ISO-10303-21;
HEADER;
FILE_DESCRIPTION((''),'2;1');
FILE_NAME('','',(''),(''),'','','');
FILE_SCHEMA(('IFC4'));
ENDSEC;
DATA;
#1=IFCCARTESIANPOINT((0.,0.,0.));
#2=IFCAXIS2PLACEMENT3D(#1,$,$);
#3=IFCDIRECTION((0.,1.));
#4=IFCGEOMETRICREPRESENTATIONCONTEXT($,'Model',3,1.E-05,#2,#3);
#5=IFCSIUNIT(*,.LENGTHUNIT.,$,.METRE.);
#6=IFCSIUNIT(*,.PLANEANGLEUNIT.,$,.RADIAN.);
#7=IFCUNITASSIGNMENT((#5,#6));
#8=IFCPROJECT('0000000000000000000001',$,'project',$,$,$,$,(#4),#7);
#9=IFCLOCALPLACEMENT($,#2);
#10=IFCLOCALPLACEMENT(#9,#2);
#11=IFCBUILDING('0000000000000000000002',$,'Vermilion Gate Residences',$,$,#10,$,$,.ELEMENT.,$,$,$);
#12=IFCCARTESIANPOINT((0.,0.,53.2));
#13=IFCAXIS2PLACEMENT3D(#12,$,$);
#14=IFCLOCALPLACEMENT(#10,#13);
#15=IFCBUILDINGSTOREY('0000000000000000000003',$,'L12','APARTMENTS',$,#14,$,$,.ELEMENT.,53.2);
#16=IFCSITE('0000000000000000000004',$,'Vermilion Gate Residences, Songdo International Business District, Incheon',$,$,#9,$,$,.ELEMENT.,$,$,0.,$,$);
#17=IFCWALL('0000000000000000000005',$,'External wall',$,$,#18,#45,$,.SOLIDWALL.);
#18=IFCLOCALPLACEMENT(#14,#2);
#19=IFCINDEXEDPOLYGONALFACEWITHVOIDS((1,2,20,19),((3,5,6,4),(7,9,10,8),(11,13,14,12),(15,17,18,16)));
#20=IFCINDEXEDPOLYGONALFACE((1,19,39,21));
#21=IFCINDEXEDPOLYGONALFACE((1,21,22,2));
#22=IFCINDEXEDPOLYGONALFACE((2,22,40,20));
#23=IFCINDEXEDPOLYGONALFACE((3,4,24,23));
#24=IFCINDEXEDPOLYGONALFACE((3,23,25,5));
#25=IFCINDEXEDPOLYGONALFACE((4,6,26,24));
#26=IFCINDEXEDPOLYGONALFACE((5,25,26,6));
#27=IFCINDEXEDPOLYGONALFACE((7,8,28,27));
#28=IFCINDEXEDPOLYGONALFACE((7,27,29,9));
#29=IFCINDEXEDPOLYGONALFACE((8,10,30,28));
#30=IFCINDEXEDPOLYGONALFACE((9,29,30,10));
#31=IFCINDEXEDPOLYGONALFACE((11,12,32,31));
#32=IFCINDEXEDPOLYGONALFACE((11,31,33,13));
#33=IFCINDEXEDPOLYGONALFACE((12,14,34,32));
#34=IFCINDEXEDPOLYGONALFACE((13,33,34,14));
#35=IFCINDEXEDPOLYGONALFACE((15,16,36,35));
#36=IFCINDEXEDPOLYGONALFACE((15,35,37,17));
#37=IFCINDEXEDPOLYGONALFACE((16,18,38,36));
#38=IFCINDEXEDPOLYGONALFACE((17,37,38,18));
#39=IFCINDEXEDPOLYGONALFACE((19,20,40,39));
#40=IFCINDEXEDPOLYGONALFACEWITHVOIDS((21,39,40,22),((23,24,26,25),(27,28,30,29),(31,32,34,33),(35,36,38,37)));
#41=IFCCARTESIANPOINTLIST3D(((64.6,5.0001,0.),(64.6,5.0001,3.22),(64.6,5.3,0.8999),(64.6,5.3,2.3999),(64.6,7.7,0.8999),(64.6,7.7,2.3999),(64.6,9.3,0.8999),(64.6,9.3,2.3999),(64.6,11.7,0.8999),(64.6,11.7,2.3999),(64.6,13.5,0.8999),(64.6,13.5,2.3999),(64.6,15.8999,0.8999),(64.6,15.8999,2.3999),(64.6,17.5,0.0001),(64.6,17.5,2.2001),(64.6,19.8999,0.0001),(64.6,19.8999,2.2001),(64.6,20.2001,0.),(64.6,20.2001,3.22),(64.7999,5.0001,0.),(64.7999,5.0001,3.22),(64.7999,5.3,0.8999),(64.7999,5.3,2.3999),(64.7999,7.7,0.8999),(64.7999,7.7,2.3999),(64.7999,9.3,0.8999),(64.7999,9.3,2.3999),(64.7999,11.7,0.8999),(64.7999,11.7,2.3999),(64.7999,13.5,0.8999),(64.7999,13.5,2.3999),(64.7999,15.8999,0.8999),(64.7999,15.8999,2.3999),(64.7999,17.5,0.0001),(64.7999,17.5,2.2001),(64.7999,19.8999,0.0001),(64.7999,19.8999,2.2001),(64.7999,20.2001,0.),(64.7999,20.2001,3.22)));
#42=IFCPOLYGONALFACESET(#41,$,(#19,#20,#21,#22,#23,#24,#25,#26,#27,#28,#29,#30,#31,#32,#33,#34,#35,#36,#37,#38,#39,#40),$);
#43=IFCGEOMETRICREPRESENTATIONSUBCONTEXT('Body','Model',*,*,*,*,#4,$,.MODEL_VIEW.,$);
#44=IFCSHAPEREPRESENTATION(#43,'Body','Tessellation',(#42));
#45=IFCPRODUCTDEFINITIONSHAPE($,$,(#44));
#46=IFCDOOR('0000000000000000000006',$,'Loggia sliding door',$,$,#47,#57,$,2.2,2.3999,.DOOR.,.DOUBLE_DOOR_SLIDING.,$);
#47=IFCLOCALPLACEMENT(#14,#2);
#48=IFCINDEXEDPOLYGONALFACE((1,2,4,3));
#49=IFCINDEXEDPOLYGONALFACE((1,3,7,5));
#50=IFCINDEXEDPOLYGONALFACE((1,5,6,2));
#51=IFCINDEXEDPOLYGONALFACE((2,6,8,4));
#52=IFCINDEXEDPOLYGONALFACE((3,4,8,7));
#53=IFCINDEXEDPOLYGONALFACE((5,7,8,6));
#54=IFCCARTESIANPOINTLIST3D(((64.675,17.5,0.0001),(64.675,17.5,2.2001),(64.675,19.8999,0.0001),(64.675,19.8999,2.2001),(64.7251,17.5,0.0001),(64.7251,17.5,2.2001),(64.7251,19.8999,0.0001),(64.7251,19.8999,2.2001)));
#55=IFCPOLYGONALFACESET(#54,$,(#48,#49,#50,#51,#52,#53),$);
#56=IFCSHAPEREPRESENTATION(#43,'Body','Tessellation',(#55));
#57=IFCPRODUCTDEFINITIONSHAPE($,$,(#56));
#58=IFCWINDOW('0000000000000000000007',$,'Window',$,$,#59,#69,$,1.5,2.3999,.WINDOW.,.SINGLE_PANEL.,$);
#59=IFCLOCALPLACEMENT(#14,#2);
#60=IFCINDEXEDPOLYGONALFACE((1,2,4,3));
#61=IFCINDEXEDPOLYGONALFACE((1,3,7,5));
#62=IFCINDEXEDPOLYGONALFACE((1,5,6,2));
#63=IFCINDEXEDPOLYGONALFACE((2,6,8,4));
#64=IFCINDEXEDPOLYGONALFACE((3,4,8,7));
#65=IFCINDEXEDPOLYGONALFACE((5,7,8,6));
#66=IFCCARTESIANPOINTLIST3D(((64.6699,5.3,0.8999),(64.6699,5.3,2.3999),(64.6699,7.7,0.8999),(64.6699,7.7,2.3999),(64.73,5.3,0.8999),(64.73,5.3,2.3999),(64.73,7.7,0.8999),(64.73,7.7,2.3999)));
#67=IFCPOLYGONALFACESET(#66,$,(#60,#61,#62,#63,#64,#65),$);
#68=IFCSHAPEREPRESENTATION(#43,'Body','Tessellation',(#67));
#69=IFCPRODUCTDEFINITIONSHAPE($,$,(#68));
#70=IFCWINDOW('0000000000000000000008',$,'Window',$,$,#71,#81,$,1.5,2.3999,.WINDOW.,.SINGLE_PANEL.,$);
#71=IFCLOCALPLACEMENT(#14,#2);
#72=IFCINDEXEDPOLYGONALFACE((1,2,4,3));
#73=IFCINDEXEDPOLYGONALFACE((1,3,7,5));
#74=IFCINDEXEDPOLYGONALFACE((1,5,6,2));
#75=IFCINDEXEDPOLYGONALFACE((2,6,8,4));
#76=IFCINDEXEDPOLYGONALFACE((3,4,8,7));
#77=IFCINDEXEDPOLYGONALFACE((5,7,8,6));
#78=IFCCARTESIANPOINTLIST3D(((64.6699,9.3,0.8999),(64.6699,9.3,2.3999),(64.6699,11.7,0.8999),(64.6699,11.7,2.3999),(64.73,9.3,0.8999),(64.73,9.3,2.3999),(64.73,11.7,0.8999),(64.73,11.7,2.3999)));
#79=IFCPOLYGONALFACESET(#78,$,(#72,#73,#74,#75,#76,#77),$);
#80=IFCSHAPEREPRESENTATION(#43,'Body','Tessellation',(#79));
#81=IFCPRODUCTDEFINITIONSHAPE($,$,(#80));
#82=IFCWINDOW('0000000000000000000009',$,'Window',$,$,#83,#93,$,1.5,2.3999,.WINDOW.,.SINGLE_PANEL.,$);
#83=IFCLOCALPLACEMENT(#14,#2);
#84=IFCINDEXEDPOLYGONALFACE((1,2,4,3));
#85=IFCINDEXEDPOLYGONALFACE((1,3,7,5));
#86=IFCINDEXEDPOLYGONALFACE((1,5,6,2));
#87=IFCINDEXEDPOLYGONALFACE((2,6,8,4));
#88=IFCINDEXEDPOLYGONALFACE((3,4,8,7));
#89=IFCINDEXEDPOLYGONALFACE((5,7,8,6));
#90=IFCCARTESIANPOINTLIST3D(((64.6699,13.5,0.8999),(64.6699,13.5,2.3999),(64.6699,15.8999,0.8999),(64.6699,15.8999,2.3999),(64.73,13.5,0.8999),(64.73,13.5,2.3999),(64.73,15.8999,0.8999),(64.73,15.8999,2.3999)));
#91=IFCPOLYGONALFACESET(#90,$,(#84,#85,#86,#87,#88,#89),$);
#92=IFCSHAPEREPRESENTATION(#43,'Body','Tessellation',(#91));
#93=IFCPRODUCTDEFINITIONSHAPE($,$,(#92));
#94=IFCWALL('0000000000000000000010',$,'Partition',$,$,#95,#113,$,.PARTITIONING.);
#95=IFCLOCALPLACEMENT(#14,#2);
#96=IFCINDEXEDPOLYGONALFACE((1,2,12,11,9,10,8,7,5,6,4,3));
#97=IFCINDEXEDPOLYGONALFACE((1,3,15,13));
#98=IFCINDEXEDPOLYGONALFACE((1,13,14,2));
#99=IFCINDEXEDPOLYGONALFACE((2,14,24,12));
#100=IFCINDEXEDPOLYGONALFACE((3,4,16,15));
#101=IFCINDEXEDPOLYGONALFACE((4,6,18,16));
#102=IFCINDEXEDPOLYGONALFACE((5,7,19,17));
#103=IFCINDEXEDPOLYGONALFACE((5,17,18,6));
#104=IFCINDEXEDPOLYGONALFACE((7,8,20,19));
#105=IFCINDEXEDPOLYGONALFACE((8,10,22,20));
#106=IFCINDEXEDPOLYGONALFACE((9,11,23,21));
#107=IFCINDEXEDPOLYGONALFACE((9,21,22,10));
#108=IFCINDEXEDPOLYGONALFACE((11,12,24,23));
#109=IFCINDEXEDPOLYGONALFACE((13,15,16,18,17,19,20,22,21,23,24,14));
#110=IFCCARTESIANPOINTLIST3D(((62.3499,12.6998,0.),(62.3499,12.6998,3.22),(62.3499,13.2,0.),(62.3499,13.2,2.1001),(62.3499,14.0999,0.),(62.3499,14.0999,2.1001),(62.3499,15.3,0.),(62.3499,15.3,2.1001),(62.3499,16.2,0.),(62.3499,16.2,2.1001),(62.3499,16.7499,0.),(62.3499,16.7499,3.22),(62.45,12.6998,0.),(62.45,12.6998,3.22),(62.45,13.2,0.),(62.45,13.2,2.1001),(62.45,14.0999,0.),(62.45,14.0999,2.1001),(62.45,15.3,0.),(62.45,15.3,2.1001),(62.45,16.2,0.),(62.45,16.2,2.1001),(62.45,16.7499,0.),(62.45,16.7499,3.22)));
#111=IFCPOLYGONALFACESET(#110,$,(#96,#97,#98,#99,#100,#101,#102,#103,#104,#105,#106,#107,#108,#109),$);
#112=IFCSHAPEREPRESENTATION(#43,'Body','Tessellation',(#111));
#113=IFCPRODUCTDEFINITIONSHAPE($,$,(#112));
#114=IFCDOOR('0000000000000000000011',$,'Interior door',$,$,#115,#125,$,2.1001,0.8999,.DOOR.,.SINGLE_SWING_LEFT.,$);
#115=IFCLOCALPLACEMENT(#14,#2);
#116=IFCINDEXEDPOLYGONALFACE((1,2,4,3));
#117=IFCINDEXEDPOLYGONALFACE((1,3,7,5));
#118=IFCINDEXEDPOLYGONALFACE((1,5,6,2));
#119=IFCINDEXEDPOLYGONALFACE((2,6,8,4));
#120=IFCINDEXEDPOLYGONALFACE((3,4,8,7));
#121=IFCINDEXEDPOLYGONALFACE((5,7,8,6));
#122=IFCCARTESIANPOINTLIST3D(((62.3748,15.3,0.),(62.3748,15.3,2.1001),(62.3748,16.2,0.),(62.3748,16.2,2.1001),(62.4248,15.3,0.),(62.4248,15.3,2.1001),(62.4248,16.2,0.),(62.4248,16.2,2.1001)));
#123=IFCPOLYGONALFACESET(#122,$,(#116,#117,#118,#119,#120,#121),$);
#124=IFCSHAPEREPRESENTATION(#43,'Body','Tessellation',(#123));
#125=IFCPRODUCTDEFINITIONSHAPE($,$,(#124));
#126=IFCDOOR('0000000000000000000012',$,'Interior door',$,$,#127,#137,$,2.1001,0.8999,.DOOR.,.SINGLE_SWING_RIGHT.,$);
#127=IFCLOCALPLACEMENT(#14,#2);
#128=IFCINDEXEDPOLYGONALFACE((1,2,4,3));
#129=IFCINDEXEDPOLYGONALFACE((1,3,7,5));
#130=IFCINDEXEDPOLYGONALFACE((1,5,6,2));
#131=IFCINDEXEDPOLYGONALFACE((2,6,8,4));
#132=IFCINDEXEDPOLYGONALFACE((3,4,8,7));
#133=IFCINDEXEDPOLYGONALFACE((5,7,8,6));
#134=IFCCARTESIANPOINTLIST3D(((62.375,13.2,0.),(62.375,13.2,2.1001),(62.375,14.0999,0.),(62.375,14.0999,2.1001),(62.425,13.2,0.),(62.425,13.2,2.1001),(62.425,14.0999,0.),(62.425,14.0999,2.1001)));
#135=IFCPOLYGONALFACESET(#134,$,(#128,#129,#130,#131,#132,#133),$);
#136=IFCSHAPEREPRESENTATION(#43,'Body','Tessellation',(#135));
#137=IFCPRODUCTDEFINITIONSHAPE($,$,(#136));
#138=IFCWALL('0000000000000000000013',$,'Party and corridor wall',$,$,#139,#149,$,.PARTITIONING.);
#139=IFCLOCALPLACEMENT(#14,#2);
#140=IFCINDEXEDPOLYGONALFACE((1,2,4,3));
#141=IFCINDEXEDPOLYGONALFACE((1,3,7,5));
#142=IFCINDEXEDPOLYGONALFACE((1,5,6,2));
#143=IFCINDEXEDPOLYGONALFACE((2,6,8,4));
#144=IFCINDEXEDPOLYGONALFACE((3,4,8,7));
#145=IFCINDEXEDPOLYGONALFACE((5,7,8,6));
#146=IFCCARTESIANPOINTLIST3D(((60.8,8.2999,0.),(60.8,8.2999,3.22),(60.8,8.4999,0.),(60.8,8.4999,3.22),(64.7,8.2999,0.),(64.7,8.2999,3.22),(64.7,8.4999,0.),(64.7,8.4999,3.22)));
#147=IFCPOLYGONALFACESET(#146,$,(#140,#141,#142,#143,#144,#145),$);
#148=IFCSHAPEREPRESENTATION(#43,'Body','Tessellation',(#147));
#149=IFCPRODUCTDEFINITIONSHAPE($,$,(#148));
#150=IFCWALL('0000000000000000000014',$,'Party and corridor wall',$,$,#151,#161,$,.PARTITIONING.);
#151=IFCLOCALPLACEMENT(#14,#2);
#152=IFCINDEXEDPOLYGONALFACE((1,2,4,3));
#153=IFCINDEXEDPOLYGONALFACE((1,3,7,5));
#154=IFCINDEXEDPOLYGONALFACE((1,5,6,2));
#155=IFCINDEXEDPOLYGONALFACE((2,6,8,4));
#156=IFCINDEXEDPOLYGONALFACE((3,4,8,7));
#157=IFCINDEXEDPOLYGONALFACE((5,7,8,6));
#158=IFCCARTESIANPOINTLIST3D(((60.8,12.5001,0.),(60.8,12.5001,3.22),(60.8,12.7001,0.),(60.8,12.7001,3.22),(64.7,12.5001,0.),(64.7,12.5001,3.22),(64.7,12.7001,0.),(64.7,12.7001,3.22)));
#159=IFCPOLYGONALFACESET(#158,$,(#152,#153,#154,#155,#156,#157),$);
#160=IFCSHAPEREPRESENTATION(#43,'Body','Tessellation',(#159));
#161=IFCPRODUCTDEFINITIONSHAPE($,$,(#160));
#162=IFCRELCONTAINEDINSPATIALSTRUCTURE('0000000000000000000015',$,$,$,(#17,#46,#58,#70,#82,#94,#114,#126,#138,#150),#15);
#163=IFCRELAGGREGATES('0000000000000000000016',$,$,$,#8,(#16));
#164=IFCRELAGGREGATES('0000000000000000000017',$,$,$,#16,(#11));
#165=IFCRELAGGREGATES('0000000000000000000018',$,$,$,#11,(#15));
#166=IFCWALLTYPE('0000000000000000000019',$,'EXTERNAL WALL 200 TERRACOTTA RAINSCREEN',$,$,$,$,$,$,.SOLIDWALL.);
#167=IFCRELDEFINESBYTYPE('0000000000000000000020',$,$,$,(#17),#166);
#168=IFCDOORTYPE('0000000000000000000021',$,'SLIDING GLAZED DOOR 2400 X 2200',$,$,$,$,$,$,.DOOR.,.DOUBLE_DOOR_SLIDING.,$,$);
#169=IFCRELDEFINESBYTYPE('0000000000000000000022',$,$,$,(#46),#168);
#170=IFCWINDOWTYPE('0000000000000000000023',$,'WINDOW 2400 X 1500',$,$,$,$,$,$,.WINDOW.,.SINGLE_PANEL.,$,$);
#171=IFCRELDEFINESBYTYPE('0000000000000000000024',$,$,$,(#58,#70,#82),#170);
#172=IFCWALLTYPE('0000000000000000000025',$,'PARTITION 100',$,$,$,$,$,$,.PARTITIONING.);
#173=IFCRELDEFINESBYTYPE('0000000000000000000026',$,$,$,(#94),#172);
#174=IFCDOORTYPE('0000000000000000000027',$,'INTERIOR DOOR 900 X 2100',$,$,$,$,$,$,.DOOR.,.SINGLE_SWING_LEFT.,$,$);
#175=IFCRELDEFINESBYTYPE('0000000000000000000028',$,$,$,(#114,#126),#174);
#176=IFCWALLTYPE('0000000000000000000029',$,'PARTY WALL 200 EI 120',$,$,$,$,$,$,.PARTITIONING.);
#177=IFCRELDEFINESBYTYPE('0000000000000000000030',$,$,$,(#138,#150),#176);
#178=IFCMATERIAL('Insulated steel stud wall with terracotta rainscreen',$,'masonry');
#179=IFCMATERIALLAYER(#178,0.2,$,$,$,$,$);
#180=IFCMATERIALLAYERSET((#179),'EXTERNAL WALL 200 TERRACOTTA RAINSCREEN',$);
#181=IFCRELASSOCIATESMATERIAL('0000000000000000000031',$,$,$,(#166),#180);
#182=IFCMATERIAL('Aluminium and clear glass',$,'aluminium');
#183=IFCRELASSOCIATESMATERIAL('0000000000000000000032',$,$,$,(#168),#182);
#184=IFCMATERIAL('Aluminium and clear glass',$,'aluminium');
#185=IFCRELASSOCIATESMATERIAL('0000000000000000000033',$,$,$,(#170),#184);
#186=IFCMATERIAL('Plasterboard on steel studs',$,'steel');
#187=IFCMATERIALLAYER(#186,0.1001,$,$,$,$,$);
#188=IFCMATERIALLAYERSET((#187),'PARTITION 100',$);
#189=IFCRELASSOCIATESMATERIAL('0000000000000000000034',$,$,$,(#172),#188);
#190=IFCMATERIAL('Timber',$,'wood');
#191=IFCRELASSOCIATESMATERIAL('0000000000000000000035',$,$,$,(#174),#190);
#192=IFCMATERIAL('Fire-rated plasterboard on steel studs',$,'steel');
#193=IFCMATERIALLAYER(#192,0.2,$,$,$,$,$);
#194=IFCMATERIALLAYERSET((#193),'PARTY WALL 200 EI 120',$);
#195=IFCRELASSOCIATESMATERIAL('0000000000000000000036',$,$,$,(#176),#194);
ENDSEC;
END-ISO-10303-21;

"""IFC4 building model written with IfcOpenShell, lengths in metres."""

from ifc_helpers import new_model, si_unit, direction, frame, frame_2d, origin, place, context, subcontext, project, spatial, rectangle, extrude, material, layer, layer_set, type_object, element, fill, save


model = new_model("IFC4")

# Units and contexts
model_context = context("Model", 3, precision=1e-05, world=origin(), true_north=direction((0.0, 1.0)))
body_context = subcontext(model_context, "Body", "Model", "MODEL_VIEW")
ifc_project = project(units=[si_unit("LENGTHUNIT", "METRE"), si_unit("PLANEANGLEUNIT", "RADIAN")], contexts=[model_context])

# Site, building, storey
site_placement = place(None, origin())
site = spatial("IfcSite", under=ifc_project, at=site_placement, Name="Vermilion Gate Residences, Songdo International Business District, Incheon", CompositionType="ELEMENT", RefElevation=0.0)
building_placement = place(site_placement, origin())
building = spatial("IfcBuilding", under=site, at=building_placement, Name="Vermilion Gate Residences", CompositionType="ELEMENT")
storey_placement = place(building_placement, frame((0.0, 0.0, 53.2)))
storey = spatial("IfcBuildingStorey", under=building, at=storey_placement, Name="L12", Description="APARTMENTS", CompositionType="ELEMENT", Elevation=53.2)

# Shared definitions
ifc_material_1 = material(Name="Insulated steel stud wall with terracotta rainscreen", Category="masonry")
ifc_layer_1 = layer(ifc_material_1, 0.2)
ifc_layer_set_1 = layer_set([ifc_layer_1], Name="EXTERNAL WALL 200 TERRACOTTA RAINSCREEN")
wall_type_1 = type_object("IfcWallType", Name="EXTERNAL WALL 200 TERRACOTTA RAINSCREEN", PredefinedType="SOLIDWALL", material=ifc_layer_set_1)

# Wall, openings, door, windows
wall_1_placement = place(storey_placement, frame((64.7, 5.0, 0.0), z_axis=(0.0, 0.0, 1.0), x_axis=(0.0, 1.0, 0.0)))
wall_1 = element("IfcWall", 1, at=wall_1_placement, inside=storey, type_object=wall_type_1, Name="External wall", PredefinedType="SOLIDWALL", context=body_context, shape_type="SweptSolid", body=[
    extrude(rectangle(XDim=15.2, YDim=0.2, at=frame_2d((7.6001, 0.0))), origin(), (0.0, 0.0, 1.0), 3.22),
])
opening_1_placement = place(wall_1_placement, frame((0.3, 0.0, 0.8999)))
opening_1 = element("IfcOpeningElement", 2, at=opening_1_placement, cuts=wall_1, PredefinedType="OPENING", context=body_context, shape_type="SweptSolid", body=[
    extrude(rectangle(XDim=2.3999, YDim=1.5, at=frame_2d((1.2, 0.75))), frame((0.0, 0.1099, 0.0), z_axis=(0.0, -1.0, 0.0), x_axis=(1.0, 0.0, 0.0)), (0.0, 0.0, 1.0), 0.22),
])
opening_2_placement = place(wall_1_placement, frame((4.3, 0.0, 0.8999)))
opening_2 = element("IfcOpeningElement", 3, at=opening_2_placement, cuts=wall_1, PredefinedType="OPENING", context=body_context, shape_type="SweptSolid", body=[
    extrude(rectangle(XDim=2.3999, YDim=1.5, at=frame_2d((1.2, 0.75))), frame((0.0, 0.1099, 0.0), z_axis=(0.0, -1.0, 0.0), x_axis=(1.0, 0.0, 0.0)), (0.0, 0.0, 1.0), 0.22),
])
opening_3_placement = place(wall_1_placement, frame((8.5, 0.0, 0.8999)))
opening_3 = element("IfcOpeningElement", 4, at=opening_3_placement, cuts=wall_1, PredefinedType="OPENING", context=body_context, shape_type="SweptSolid", body=[
    extrude(rectangle(XDim=2.3999, YDim=1.5, at=frame_2d((1.2, 0.75))), frame((0.0, 0.1099, 0.0), z_axis=(0.0, -1.0, 0.0), x_axis=(1.0, 0.0, 0.0)), (0.0, 0.0, 1.0), 0.22),
])
opening_4_placement = place(wall_1_placement, frame((12.5, 0.0, 0.0)))
opening_4 = element("IfcOpeningElement", 5, at=opening_4_placement, cuts=wall_1, PredefinedType="OPENING", context=body_context, shape_type="SweptSolid", body=[
    extrude(rectangle(XDim=2.3999, YDim=2.2, at=frame_2d((1.2, 1.1001))), frame((0.0, 0.1099, 0.0), z_axis=(0.0, -1.0, 0.0), x_axis=(1.0, 0.0, 0.0)), (0.0, 0.0, 1.0), 0.22),
])
ifc_material_2 = material(Name="Aluminium and clear glass", Category="aluminium")
door_type_1 = type_object("IfcDoorType", Name="SLIDING GLAZED DOOR 2400 X 2200", OperationType="DOUBLE_DOOR_SLIDING", PredefinedType="DOOR", material=ifc_material_2)
door_1_placement = place(opening_4_placement, origin())
door_1 = element("IfcDoor", 6, at=door_1_placement, inside=storey, type_object=door_type_1, Name="Loggia sliding door", OperationType="DOUBLE_DOOR_SLIDING", OverallHeight=2.2, OverallWidth=2.3999, PredefinedType="DOOR", context=body_context, shape_type="SweptSolid", body=[
    extrude(rectangle(XDim=2.3999, YDim=2.2, at=frame_2d((1.2, 1.1001))), frame((0.0, 0.0249, 0.0), z_axis=(0.0, -1.0, 0.0), x_axis=(1.0, 0.0, 0.0)), (0.0, 0.0, 1.0), 0.05),
])
fill(opening_4, door_1)
ifc_material_3 = material(Name="Aluminium and clear glass", Category="aluminium")
window_type = type_object("IfcWindowType", Name="WINDOW 2400 X 1500", PartitioningType="SINGLE_PANEL", PredefinedType="WINDOW", material=ifc_material_3)
window_1_placement = place(opening_1_placement, origin())
window_1 = element("IfcWindow", 7, at=window_1_placement, inside=storey, type_object=window_type, Name="Window", OverallHeight=1.5, OverallWidth=2.3999, PartitioningType="SINGLE_PANEL", PredefinedType="WINDOW", context=body_context, shape_type="SweptSolid", body=[
    extrude(rectangle(XDim=2.3999, YDim=1.5, at=frame_2d((1.2, 0.75))), frame((0.0, 0.03, 0.0), z_axis=(0.0, -1.0, 0.0), x_axis=(1.0, 0.0, 0.0)), (0.0, 0.0, 1.0), 0.0601),
])
fill(opening_1, window_1)
window_2_placement = place(opening_2_placement, origin())
window_2 = element("IfcWindow", 8, at=window_2_placement, inside=storey, type_object=window_type, Name="Window", OverallHeight=1.5, OverallWidth=2.3999, PartitioningType="SINGLE_PANEL", PredefinedType="WINDOW", context=body_context, shape_type="SweptSolid", body=[
    extrude(rectangle(XDim=2.3999, YDim=1.5, at=frame_2d((1.2, 0.75))), frame((0.0, 0.03, 0.0), z_axis=(0.0, -1.0, 0.0), x_axis=(1.0, 0.0, 0.0)), (0.0, 0.0, 1.0), 0.0601),
])
fill(opening_2, window_2)
window_3_placement = place(opening_3_placement, origin())
window_3 = element("IfcWindow", 9, at=window_3_placement, inside=storey, type_object=window_type, Name="Window", OverallHeight=1.5, OverallWidth=2.3999, PartitioningType="SINGLE_PANEL", PredefinedType="WINDOW", context=body_context, shape_type="SweptSolid", body=[
    extrude(rectangle(XDim=2.3999, YDim=1.5, at=frame_2d((1.2, 0.75))), frame((0.0, 0.03, 0.0), z_axis=(0.0, -1.0, 0.0), x_axis=(1.0, 0.0, 0.0)), (0.0, 0.0, 1.0), 0.0601),
])
fill(opening_3, window_3)

# Wall, openings, doors
ifc_material_4 = material(Name="Plasterboard on steel studs", Category="steel")
ifc_layer_2 = layer(ifc_material_4, 0.1001)
ifc_layer_set_2 = layer_set([ifc_layer_2], Name="PARTITION 100")
wall_type_2 = type_object("IfcWallType", Name="PARTITION 100", PredefinedType="PARTITIONING", material=ifc_layer_set_2)
wall_2_placement = place(storey_placement, frame((62.3999, 12.7, 0.0), z_axis=(0.0, 0.0, 1.0), x_axis=(0.0, 1.0, 0.0)))
wall_2 = element("IfcWall", 10, at=wall_2_placement, inside=storey, type_object=wall_type_2, Name="Partition", PredefinedType="PARTITIONING", context=body_context, shape_type="SweptSolid", body=[
    extrude(rectangle(XDim=4.05, YDim=0.1001, at=frame_2d((2.0249, 0.0))), origin(), (0.0, 0.0, 1.0), 3.22),
])
opening_5_placement = place(wall_2_placement, frame((2.6001, 0.0, 0.0)))
opening_5 = element("IfcOpeningElement", 11, at=opening_5_placement, cuts=wall_2, PredefinedType="OPENING", context=body_context, shape_type="SweptSolid", body=[
    extrude(rectangle(XDim=0.8999, YDim=2.1001, at=frame_2d((0.45, 1.05))), frame((0.0, 0.0601, 0.0), z_axis=(0.0, -1.0, 0.0), x_axis=(1.0, 0.0, 0.0)), (0.0, 0.0, 1.0), 0.1201),
])
opening_6_placement = place(wall_2_placement, frame((0.5, 0.0, 0.0)))
opening_6 = element("IfcOpeningElement", 12, at=opening_6_placement, cuts=wall_2, PredefinedType="OPENING", context=body_context, shape_type="SweptSolid", body=[
    extrude(rectangle(XDim=0.8999, YDim=2.1001, at=frame_2d((0.45, 1.05))), frame((0.0, 0.0601, 0.0), z_axis=(0.0, -1.0, 0.0), x_axis=(1.0, 0.0, 0.0)), (0.0, 0.0, 1.0), 0.1201),
])
ifc_material_5 = material(Name="Timber", Category="wood")
door_type_2 = type_object("IfcDoorType", Name="INTERIOR DOOR 900 X 2100", OperationType="SINGLE_SWING_LEFT", PredefinedType="DOOR", material=ifc_material_5)
door_2_placement = place(opening_5_placement, frame((0.8999, 0.0, 0.0), z_axis=(0.0, 0.0, 1.0), x_axis=(-1.0, 0.0, 0.0)))
door_2 = element("IfcDoor", 13, at=door_2_placement, inside=storey, type_object=door_type_2, Name="Interior door", OperationType="SINGLE_SWING_LEFT", OverallHeight=2.1001, OverallWidth=0.8999, PredefinedType="DOOR", context=body_context, shape_type="SweptSolid", body=[
    extrude(rectangle(XDim=0.8999, YDim=2.1001, at=frame_2d((0.45, 1.05))), frame((0.0, 0.0249, 0.0), z_axis=(0.0, -1.0, 0.0), x_axis=(1.0, 0.0, 0.0)), (0.0, 0.0, 1.0), 0.05),
])
fill(opening_5, door_2)
door_3_placement = place(opening_6_placement, origin())
door_3 = element("IfcDoor", 14, at=door_3_placement, inside=storey, type_object=door_type_2, Name="Interior door", OperationType="SINGLE_SWING_RIGHT", OverallHeight=2.1001, OverallWidth=0.8999, PredefinedType="DOOR", context=body_context, shape_type="SweptSolid", body=[
    extrude(rectangle(XDim=0.8999, YDim=2.1001, at=frame_2d((0.45, 1.05))), frame((0.0, 0.0249, 0.0), z_axis=(0.0, -1.0, 0.0), x_axis=(1.0, 0.0, 0.0)), (0.0, 0.0, 1.0), 0.05),
])
fill(opening_6, door_3)

# Walls
ifc_material_6 = material(Name="Fire-rated plasterboard on steel studs", Category="steel")
ifc_layer_3 = layer(ifc_material_6, 0.2)
ifc_layer_set_3 = layer_set([ifc_layer_3], Name="PARTY WALL 200 EI 120")
wall_type_3 = type_object("IfcWallType", Name="PARTY WALL 200 EI 120", PredefinedType="PARTITIONING", material=ifc_layer_set_3)
for number, where, z_axis, x_axis, name in (
    (15, (60.8, 8.3999, 0.0), (0.0, 0.0, 1.0), (1.0, 0.0, 0.0), "Party and corridor wall"),
    (16, (60.8, 12.6001, 0.0), (0.0, 0.0, 1.0), (1.0, 0.0, 0.0), "Party and corridor wall"),
):
    element("IfcWall", number, at=place(storey_placement, frame(where, z_axis=z_axis, x_axis=x_axis)), inside=storey, type_object=wall_type_3, Name=name, PredefinedType="PARTITIONING", context=body_context, shape_type="SweptSolid", body=[
        extrude(rectangle(XDim=3.8999, YDim=0.2, at=frame_2d((1.95, 0.0))), origin(), (0.0, 0.0, 1.0), 3.22),
    ])

save(model, "model.ifc")
